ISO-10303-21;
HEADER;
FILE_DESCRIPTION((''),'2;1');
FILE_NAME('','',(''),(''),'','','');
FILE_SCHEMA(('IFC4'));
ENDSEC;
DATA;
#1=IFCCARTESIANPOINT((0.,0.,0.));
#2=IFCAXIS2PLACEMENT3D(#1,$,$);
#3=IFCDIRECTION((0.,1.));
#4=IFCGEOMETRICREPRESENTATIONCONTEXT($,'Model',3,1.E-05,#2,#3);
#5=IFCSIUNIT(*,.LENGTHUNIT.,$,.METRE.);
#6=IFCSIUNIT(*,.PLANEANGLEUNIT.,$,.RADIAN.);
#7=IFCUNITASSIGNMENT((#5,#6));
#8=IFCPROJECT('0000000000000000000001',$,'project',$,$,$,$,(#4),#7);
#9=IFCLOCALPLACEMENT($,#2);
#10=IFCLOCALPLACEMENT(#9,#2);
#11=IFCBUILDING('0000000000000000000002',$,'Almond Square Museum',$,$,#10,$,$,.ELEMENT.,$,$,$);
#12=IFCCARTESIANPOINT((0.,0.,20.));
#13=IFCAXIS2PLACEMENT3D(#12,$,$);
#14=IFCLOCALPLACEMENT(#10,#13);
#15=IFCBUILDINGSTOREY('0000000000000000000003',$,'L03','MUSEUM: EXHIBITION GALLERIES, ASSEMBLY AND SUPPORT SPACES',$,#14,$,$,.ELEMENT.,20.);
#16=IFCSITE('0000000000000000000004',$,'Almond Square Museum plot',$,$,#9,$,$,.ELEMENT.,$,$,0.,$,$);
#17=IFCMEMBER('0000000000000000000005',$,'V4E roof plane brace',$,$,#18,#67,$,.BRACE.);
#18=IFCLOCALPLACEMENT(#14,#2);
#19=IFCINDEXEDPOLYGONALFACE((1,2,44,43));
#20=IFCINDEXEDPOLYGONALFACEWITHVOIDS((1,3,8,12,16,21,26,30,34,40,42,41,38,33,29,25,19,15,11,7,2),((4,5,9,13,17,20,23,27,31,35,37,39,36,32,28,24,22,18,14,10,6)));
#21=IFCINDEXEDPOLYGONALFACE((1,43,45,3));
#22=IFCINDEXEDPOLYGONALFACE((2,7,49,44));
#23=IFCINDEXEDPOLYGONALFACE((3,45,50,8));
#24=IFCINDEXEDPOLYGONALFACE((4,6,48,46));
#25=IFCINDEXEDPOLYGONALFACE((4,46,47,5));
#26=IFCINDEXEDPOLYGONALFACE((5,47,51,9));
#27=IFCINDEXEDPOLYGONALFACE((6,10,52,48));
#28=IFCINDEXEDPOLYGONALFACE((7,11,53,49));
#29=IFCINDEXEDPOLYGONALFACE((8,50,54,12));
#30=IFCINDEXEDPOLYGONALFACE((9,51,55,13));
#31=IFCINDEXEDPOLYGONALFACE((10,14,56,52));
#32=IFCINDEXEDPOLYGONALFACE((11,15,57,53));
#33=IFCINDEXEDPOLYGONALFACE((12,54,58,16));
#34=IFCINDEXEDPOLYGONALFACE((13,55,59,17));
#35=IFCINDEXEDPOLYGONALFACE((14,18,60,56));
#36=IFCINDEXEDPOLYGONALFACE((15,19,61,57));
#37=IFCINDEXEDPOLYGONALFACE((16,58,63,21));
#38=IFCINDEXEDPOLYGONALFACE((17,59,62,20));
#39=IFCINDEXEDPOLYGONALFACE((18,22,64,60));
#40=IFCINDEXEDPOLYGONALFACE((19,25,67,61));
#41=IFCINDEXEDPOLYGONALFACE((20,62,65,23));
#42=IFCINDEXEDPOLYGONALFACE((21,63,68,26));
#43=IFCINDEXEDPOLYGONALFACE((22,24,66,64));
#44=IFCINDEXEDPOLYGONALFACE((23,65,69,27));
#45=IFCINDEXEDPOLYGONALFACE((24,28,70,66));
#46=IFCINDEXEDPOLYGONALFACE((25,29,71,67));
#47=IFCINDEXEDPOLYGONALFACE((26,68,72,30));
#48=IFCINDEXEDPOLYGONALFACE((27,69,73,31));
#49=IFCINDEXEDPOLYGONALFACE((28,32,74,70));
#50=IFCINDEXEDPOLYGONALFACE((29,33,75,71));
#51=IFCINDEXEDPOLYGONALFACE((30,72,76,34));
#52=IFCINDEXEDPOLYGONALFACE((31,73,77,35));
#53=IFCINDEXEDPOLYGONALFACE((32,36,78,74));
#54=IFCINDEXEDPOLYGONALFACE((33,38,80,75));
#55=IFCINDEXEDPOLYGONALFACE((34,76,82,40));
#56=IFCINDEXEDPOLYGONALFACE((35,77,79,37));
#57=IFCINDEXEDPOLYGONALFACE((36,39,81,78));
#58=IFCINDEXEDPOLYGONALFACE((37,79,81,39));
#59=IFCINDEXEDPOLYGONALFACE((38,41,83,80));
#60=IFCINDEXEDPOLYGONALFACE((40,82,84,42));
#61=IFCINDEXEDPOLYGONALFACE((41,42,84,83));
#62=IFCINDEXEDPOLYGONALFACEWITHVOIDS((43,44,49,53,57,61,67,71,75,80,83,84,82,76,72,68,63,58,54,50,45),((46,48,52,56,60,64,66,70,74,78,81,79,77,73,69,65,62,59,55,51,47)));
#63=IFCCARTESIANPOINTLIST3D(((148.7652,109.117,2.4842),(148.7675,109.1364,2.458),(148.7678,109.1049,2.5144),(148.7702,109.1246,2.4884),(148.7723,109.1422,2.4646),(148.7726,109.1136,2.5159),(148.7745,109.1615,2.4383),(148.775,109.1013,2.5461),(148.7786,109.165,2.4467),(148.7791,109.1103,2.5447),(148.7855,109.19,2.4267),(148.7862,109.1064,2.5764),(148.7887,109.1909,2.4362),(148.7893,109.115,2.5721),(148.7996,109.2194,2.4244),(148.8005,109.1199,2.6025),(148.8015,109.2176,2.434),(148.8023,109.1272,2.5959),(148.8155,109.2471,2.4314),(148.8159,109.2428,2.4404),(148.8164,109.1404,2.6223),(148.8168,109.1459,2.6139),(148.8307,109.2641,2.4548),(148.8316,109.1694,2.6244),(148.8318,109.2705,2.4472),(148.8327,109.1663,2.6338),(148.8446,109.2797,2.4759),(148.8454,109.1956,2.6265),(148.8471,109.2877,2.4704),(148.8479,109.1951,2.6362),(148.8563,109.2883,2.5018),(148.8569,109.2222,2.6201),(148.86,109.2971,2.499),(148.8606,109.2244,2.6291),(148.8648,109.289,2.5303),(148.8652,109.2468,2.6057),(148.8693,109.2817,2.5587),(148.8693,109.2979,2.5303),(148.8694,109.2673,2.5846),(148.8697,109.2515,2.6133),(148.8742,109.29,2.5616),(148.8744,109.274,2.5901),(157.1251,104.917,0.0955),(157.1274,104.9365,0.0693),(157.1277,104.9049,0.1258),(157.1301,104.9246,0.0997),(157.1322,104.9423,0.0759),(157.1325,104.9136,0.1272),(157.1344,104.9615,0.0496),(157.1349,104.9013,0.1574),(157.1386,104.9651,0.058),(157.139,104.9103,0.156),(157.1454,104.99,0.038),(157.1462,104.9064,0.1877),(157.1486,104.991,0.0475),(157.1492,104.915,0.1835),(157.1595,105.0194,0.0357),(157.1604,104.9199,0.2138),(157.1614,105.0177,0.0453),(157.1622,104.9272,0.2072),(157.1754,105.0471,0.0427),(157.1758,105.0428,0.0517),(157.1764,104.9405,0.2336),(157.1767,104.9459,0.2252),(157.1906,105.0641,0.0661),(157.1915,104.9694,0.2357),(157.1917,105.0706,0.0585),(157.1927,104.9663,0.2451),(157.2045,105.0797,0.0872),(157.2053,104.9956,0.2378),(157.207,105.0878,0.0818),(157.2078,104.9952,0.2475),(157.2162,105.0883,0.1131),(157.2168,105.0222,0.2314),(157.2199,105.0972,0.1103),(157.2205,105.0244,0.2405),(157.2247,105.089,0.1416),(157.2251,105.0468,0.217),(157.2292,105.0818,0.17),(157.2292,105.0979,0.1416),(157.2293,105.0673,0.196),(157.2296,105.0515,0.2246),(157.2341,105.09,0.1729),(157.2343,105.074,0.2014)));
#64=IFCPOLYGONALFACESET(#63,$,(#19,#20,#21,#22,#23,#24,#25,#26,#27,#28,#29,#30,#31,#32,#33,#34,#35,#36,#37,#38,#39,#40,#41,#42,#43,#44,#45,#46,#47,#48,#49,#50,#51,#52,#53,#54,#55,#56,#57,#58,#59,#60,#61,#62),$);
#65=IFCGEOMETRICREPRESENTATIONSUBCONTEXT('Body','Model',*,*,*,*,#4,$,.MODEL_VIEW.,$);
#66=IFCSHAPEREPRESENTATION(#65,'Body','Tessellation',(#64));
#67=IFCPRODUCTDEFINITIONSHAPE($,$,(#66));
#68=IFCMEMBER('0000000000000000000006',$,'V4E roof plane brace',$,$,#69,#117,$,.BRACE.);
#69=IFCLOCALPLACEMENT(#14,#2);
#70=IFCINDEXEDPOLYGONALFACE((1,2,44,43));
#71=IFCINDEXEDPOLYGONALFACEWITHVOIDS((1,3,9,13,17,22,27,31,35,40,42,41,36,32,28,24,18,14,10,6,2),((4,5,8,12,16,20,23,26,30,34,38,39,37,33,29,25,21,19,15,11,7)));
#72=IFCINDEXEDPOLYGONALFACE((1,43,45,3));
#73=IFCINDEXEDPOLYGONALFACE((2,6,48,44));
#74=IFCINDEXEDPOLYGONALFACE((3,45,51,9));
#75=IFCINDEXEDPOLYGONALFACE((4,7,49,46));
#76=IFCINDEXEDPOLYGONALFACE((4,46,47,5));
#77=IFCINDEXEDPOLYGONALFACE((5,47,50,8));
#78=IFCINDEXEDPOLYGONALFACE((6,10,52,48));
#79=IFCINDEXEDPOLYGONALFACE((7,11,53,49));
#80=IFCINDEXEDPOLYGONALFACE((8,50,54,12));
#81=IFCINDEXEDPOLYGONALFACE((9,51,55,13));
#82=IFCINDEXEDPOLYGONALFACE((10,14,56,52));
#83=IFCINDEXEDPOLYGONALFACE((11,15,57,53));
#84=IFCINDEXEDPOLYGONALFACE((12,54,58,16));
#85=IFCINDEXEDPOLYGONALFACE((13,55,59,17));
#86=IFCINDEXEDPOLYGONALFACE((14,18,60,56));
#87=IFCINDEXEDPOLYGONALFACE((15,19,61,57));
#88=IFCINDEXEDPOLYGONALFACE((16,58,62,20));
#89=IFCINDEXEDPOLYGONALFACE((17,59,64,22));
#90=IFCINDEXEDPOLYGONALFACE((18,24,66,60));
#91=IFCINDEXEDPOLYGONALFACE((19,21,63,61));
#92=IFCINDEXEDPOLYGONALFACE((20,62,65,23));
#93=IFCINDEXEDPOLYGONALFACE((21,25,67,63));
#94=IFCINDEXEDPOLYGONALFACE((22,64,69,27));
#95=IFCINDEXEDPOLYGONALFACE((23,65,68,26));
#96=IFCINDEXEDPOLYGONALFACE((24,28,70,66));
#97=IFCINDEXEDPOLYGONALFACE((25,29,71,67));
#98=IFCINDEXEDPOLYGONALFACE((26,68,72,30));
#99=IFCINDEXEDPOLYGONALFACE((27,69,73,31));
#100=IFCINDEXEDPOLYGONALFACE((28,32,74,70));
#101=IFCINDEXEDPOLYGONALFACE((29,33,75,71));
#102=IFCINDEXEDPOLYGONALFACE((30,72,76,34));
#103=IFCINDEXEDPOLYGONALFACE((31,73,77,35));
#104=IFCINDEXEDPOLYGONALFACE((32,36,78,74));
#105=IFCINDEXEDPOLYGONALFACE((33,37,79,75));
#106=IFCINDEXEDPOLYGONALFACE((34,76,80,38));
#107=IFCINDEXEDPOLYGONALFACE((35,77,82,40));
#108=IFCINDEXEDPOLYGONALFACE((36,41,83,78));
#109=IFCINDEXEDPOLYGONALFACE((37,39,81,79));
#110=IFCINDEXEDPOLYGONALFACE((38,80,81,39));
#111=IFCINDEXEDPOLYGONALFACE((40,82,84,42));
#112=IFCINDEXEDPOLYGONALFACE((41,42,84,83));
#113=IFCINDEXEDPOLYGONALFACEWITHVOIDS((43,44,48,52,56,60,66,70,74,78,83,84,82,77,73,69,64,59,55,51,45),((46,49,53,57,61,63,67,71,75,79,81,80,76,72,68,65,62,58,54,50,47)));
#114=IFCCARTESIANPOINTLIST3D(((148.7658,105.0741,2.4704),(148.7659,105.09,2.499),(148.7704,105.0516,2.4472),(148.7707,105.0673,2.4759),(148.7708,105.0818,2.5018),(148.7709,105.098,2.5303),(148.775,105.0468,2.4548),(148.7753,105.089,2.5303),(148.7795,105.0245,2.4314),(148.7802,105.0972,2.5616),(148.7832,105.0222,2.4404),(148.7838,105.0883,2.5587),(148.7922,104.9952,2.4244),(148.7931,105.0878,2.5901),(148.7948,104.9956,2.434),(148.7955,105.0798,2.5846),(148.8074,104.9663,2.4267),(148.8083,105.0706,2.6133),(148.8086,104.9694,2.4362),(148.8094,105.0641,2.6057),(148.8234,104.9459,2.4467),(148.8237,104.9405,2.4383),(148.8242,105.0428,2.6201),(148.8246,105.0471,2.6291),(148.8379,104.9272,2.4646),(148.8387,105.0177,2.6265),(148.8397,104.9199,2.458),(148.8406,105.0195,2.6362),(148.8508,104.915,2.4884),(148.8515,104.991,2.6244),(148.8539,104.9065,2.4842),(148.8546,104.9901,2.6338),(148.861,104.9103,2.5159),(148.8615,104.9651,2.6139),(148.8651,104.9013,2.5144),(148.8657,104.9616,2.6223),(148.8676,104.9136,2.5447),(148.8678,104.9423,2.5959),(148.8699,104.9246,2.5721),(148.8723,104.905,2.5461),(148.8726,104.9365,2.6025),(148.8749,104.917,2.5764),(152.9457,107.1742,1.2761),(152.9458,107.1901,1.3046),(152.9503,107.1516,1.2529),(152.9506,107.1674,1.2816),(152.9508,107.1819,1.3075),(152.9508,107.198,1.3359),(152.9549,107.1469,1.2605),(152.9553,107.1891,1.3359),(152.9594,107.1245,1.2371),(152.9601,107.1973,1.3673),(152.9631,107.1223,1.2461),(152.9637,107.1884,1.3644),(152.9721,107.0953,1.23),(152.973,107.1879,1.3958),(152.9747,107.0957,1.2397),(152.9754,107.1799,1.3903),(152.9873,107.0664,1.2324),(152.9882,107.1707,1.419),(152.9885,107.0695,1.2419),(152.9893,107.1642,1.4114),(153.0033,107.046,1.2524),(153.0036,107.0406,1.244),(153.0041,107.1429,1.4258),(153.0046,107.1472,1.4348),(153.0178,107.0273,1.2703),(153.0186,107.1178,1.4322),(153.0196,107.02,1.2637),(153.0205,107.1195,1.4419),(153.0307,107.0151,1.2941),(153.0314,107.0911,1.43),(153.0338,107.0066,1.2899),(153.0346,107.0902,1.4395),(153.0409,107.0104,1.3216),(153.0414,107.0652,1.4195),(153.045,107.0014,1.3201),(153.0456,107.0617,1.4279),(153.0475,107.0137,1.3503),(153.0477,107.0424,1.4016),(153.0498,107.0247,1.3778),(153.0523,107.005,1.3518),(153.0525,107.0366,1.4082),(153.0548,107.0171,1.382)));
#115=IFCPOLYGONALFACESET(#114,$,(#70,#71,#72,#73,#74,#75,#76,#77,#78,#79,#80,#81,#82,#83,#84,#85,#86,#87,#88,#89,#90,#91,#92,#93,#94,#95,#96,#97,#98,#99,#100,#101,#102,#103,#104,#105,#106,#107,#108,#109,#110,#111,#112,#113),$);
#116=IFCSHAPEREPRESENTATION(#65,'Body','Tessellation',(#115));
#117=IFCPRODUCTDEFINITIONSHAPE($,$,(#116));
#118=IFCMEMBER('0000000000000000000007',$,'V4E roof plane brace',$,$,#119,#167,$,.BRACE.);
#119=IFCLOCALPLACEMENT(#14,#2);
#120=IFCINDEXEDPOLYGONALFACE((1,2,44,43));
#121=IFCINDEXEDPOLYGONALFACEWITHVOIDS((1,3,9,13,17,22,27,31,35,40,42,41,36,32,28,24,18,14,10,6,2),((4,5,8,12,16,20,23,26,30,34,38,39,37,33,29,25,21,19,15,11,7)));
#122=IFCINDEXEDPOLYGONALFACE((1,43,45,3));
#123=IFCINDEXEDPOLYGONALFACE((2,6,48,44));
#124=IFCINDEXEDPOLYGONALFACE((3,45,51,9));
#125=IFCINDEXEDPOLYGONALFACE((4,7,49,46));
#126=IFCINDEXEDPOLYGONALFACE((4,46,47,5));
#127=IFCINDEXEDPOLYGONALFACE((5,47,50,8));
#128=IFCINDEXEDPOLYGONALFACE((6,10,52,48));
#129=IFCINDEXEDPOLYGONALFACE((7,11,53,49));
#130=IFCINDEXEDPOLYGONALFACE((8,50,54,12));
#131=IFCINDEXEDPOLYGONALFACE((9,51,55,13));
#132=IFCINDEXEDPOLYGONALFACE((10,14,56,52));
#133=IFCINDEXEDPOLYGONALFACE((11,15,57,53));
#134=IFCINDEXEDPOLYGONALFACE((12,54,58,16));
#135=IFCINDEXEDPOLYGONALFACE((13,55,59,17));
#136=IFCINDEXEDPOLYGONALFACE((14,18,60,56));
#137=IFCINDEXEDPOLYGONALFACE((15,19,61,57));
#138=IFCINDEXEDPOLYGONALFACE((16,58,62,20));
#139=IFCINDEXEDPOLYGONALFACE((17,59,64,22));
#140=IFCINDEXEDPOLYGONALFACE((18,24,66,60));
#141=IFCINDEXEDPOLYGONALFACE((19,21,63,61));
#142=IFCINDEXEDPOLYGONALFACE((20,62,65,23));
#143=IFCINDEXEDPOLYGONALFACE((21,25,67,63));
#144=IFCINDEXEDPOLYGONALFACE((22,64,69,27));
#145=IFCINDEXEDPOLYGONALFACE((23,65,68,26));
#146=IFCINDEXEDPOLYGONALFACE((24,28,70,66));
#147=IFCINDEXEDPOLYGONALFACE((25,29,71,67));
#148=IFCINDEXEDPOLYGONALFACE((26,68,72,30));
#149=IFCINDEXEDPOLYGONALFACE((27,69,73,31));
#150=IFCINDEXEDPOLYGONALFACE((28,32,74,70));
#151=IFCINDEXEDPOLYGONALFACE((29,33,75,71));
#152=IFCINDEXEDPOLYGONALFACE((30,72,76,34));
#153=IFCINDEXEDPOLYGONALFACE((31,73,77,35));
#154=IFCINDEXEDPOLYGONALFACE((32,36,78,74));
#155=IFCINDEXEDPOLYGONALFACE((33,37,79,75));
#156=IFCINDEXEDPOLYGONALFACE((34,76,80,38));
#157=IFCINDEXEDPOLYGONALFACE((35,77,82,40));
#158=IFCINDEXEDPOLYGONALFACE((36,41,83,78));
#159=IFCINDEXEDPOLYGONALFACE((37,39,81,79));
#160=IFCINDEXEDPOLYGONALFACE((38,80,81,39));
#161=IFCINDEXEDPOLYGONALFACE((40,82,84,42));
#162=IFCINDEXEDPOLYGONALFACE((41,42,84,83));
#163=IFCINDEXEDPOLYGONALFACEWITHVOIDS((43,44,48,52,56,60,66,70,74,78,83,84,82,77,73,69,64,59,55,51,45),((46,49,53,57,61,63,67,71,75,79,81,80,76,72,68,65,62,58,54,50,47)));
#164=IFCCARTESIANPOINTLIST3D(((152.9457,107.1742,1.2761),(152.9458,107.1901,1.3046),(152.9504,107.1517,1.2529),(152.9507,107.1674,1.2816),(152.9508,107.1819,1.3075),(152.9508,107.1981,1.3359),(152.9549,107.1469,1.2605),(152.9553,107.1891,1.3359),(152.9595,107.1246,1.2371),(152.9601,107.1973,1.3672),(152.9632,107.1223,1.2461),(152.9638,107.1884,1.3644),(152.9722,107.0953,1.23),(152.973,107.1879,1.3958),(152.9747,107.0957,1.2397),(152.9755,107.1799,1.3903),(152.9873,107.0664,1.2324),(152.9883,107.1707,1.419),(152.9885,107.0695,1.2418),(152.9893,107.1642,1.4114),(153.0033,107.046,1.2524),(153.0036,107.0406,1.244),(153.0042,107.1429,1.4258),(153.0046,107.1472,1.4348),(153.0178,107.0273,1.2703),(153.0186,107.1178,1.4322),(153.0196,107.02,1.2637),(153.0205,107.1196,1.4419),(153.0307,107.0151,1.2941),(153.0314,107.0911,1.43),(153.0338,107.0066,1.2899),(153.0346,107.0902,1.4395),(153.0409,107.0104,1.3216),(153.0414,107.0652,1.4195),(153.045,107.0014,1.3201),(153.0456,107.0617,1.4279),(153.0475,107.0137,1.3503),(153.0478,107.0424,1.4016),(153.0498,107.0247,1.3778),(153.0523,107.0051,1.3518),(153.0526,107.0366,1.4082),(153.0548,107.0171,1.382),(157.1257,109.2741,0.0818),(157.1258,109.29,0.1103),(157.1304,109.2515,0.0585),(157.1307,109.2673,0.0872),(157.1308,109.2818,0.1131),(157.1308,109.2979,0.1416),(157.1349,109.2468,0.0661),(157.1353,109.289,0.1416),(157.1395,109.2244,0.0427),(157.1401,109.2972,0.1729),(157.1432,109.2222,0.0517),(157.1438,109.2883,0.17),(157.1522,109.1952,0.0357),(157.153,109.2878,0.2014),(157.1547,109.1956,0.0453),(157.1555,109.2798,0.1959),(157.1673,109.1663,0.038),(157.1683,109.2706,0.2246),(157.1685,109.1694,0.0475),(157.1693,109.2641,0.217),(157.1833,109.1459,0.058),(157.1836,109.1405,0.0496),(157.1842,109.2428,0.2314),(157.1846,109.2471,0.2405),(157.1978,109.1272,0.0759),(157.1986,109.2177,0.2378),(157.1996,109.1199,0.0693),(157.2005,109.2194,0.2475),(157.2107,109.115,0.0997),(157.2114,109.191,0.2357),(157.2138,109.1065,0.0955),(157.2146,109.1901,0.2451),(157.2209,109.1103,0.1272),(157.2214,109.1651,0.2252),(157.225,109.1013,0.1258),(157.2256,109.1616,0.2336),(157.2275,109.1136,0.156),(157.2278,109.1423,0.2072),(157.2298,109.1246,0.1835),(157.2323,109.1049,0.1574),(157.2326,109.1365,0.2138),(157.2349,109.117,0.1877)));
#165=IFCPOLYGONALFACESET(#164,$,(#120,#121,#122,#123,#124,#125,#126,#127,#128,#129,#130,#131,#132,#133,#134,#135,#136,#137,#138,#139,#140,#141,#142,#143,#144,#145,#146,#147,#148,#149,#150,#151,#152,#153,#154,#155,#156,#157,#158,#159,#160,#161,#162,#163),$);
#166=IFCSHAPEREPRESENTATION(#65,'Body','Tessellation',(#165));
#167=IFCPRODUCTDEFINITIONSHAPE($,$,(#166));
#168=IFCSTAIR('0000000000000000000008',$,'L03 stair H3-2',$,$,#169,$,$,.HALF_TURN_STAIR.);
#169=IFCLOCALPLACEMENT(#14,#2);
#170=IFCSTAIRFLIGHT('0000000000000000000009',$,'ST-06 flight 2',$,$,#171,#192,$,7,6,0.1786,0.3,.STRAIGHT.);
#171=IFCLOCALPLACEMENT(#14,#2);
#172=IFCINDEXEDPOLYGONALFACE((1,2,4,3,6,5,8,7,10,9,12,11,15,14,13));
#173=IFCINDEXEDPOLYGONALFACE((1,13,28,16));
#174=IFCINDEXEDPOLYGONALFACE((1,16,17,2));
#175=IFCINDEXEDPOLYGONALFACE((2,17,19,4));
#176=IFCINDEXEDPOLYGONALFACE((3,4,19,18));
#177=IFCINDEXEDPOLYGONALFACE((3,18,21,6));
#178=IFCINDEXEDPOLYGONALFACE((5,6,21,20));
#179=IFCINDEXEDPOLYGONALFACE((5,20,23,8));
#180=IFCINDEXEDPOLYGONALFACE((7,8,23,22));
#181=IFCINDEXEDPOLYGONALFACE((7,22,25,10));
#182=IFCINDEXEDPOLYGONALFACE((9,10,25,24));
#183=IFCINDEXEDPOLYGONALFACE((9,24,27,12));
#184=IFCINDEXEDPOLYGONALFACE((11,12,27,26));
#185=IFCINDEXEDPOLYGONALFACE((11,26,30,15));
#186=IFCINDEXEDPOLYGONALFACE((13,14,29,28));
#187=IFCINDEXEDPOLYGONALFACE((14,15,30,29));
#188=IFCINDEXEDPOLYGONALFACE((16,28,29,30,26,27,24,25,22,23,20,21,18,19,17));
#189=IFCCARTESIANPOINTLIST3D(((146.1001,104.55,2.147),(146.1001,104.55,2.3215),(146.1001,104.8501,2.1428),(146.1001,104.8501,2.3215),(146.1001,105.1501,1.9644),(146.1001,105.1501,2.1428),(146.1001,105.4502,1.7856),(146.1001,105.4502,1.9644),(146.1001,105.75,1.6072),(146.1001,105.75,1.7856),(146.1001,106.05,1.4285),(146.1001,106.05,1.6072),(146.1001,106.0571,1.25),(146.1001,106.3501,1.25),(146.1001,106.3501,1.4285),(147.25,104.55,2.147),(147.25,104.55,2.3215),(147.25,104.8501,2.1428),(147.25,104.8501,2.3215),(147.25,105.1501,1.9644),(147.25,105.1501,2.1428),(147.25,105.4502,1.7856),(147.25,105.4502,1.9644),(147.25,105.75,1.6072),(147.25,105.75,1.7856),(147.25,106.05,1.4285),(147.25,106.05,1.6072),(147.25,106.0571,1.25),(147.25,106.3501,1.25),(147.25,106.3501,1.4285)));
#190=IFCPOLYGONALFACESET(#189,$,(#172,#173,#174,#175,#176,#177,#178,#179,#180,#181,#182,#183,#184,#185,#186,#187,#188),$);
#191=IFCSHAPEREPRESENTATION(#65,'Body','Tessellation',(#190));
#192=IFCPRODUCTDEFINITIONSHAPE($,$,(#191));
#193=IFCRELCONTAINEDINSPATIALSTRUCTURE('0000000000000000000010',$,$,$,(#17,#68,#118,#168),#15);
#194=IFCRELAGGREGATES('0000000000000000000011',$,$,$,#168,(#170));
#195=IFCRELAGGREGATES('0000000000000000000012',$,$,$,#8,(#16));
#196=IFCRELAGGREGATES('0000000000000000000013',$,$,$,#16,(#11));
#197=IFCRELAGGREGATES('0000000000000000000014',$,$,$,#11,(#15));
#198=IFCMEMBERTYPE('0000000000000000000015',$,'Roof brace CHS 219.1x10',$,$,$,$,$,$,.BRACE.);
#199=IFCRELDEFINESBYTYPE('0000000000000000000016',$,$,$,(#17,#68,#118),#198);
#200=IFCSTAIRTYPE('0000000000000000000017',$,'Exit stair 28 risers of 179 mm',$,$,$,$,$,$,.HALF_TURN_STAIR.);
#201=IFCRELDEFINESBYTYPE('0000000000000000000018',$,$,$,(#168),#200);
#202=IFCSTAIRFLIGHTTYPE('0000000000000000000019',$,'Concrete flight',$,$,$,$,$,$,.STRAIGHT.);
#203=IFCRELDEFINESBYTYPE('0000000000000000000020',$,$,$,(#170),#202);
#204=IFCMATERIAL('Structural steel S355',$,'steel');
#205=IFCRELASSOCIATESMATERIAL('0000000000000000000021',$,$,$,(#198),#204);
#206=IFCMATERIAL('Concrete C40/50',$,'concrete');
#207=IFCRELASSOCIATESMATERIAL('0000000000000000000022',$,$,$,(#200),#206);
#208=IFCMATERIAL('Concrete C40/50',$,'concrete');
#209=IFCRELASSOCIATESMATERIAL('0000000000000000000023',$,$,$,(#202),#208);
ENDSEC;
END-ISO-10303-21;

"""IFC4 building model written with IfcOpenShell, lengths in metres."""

from ifc_helpers import new_model, si_unit, direction, frame, origin, origin_2d, place, context, subcontext, project, spatial, polyline, hollow_circle, outline, extrude, material, material_profile, profile_set, type_object, element, aggregate, save


model = new_model("IFC4")

# Units and contexts
model_context = context("Model", 3, precision=1e-05, world=origin(), true_north=direction((0.0, 1.0)))
body_context = subcontext(model_context, "Body", "Model", "MODEL_VIEW")
ifc_project = project(units=[si_unit("LENGTHUNIT", "METRE"), si_unit("PLANEANGLEUNIT", "RADIAN")], contexts=[model_context])

# Site, building, storey
site_placement = place(None, origin())
site = spatial("IfcSite", under=ifc_project, at=site_placement, Name="Almond Square Museum plot", CompositionType="ELEMENT", RefElevation=0.0)
building_placement = place(site_placement, origin())
building = spatial("IfcBuilding", under=site, at=building_placement, Name="Almond Square Museum", CompositionType="ELEMENT")
storey_placement = place(building_placement, frame((0.0, 0.0, 20.0)))
storey = spatial("IfcBuildingStorey", under=building, at=storey_placement, Name="L03", Description="MUSEUM: EXHIBITION GALLERIES, ASSEMBLY AND SUPPORT SPACES", CompositionType="ELEMENT", Elevation=20.0)

# Members
ifc_material_1 = material(Name="Structural steel S355", Category="steel")
ifc_material_profile_1 = material_profile(ifc_material_1, hollow_circle(Radius=0.1096, WallThickness=0.01, at=origin_2d()))
ifc_profile_set_1 = profile_set([ifc_material_profile_1], Name="Structural steel S355")
member_type = type_object("IfcMemberType", Name="Roof brace CHS 219.1x10", PredefinedType="BRACE", material=ifc_profile_set_1)
member_placement = place(storey_placement, frame((148.8201, 109.2, 2.5303), z_axis=(0.865795, -0.434971, -0.247384), x_axis=(0.448925, 0.89357, 0.0)))
element("IfcMember", 1, at=member_placement, inside=storey, type_object=member_type, Name="V4E roof plane brace", PredefinedType="BRACE", context=body_context, shape_type="SweptSolid", body=[
    extrude(hollow_circle(Radius=0.1096, WallThickness=0.01, at=origin_2d()), origin(), (0.0, 0.0, 1.0), 9.6558),
])
for number, where, z_axis, x_axis, name in (
    (2, (148.8201, 105.0, 2.5303), (0.865786, 0.434991, -0.247382), (-0.448945, 0.893559, 0.0), "V4E roof plane brace"),
    (3, (153.0, 107.1001, 1.3359), (0.865805, 0.43495, -0.247387), (-0.448904, 0.89358, 0.0), "V4E roof plane brace"),
):
    element("IfcMember", number, at=place(storey_placement, frame(where, z_axis=z_axis, x_axis=x_axis)), inside=storey, type_object=member_type, Name=name, PredefinedType="BRACE", context=body_context, shape_type="SweptSolid", body=[
        extrude(hollow_circle(Radius=0.1096, WallThickness=0.01, at=origin_2d()), origin(), (0.0, 0.0, 1.0), 4.8279),
    ])

# Stair, stair flight
ifc_material_2 = material(Name="Concrete C40/50", Category="concrete")
stair_type = type_object("IfcStairType", Name="Exit stair 28 risers of 179 mm", PredefinedType="HALF_TURN_STAIR", material=ifc_material_2)
stair_placement = place(storey_placement, origin())
stair = element("IfcStair", 4, at=stair_placement, inside=storey, type_object=stair_type, Name="L03 stair H3-2", PredefinedType="HALF_TURN_STAIR")
ifc_material_3 = material(Name="Concrete C40/50", Category="concrete")
stair_flight_type = type_object("IfcStairFlightType", Name="Concrete flight", PredefinedType="STRAIGHT", material=ifc_material_3)
stair_flight_1_placement = place(storey_placement, frame((146.675, 106.3501, 1.25), z_axis=(0.0, 0.0, 1.0), x_axis=(0.0, -1.0, 0.0)))
stair_flight_1 = element("IfcStairFlight", 5, at=stair_flight_1_placement, type_object=stair_flight_type, Name="ST-06 flight 2", NumberOfRisers=7, NumberOfTreads=6, PredefinedType="STRAIGHT", RiserHeight=0.1786, TreadLength=0.3, context=body_context, shape_type="SweptSolid", body=[
    extrude(outline(polyline([(0.0, 0.0), (0.0, 0.1785), (0.3, 0.1785), (0.3, 0.3572), (0.6001, 0.3572), (0.6001, 0.5356), (0.8999, 0.5356), (0.8999, 0.7144), (1.2, 0.7144), (1.2, 0.8928), (1.5, 0.8928), (1.5, 1.0715), (1.8, 1.0715), (1.8, 1.25), (1.8, 0.897), (0.293, 0.0), (0.0, 0.0)])), frame((0.0, 0.575, 0.0), z_axis=(0.0, -1.0, 0.0), x_axis=(1.0, 0.0, 0.0)), (0.0, 0.0, 1.0), 1.1499),
])
aggregate(stair, [stair_flight_1])

save(model, "model.ifc")
